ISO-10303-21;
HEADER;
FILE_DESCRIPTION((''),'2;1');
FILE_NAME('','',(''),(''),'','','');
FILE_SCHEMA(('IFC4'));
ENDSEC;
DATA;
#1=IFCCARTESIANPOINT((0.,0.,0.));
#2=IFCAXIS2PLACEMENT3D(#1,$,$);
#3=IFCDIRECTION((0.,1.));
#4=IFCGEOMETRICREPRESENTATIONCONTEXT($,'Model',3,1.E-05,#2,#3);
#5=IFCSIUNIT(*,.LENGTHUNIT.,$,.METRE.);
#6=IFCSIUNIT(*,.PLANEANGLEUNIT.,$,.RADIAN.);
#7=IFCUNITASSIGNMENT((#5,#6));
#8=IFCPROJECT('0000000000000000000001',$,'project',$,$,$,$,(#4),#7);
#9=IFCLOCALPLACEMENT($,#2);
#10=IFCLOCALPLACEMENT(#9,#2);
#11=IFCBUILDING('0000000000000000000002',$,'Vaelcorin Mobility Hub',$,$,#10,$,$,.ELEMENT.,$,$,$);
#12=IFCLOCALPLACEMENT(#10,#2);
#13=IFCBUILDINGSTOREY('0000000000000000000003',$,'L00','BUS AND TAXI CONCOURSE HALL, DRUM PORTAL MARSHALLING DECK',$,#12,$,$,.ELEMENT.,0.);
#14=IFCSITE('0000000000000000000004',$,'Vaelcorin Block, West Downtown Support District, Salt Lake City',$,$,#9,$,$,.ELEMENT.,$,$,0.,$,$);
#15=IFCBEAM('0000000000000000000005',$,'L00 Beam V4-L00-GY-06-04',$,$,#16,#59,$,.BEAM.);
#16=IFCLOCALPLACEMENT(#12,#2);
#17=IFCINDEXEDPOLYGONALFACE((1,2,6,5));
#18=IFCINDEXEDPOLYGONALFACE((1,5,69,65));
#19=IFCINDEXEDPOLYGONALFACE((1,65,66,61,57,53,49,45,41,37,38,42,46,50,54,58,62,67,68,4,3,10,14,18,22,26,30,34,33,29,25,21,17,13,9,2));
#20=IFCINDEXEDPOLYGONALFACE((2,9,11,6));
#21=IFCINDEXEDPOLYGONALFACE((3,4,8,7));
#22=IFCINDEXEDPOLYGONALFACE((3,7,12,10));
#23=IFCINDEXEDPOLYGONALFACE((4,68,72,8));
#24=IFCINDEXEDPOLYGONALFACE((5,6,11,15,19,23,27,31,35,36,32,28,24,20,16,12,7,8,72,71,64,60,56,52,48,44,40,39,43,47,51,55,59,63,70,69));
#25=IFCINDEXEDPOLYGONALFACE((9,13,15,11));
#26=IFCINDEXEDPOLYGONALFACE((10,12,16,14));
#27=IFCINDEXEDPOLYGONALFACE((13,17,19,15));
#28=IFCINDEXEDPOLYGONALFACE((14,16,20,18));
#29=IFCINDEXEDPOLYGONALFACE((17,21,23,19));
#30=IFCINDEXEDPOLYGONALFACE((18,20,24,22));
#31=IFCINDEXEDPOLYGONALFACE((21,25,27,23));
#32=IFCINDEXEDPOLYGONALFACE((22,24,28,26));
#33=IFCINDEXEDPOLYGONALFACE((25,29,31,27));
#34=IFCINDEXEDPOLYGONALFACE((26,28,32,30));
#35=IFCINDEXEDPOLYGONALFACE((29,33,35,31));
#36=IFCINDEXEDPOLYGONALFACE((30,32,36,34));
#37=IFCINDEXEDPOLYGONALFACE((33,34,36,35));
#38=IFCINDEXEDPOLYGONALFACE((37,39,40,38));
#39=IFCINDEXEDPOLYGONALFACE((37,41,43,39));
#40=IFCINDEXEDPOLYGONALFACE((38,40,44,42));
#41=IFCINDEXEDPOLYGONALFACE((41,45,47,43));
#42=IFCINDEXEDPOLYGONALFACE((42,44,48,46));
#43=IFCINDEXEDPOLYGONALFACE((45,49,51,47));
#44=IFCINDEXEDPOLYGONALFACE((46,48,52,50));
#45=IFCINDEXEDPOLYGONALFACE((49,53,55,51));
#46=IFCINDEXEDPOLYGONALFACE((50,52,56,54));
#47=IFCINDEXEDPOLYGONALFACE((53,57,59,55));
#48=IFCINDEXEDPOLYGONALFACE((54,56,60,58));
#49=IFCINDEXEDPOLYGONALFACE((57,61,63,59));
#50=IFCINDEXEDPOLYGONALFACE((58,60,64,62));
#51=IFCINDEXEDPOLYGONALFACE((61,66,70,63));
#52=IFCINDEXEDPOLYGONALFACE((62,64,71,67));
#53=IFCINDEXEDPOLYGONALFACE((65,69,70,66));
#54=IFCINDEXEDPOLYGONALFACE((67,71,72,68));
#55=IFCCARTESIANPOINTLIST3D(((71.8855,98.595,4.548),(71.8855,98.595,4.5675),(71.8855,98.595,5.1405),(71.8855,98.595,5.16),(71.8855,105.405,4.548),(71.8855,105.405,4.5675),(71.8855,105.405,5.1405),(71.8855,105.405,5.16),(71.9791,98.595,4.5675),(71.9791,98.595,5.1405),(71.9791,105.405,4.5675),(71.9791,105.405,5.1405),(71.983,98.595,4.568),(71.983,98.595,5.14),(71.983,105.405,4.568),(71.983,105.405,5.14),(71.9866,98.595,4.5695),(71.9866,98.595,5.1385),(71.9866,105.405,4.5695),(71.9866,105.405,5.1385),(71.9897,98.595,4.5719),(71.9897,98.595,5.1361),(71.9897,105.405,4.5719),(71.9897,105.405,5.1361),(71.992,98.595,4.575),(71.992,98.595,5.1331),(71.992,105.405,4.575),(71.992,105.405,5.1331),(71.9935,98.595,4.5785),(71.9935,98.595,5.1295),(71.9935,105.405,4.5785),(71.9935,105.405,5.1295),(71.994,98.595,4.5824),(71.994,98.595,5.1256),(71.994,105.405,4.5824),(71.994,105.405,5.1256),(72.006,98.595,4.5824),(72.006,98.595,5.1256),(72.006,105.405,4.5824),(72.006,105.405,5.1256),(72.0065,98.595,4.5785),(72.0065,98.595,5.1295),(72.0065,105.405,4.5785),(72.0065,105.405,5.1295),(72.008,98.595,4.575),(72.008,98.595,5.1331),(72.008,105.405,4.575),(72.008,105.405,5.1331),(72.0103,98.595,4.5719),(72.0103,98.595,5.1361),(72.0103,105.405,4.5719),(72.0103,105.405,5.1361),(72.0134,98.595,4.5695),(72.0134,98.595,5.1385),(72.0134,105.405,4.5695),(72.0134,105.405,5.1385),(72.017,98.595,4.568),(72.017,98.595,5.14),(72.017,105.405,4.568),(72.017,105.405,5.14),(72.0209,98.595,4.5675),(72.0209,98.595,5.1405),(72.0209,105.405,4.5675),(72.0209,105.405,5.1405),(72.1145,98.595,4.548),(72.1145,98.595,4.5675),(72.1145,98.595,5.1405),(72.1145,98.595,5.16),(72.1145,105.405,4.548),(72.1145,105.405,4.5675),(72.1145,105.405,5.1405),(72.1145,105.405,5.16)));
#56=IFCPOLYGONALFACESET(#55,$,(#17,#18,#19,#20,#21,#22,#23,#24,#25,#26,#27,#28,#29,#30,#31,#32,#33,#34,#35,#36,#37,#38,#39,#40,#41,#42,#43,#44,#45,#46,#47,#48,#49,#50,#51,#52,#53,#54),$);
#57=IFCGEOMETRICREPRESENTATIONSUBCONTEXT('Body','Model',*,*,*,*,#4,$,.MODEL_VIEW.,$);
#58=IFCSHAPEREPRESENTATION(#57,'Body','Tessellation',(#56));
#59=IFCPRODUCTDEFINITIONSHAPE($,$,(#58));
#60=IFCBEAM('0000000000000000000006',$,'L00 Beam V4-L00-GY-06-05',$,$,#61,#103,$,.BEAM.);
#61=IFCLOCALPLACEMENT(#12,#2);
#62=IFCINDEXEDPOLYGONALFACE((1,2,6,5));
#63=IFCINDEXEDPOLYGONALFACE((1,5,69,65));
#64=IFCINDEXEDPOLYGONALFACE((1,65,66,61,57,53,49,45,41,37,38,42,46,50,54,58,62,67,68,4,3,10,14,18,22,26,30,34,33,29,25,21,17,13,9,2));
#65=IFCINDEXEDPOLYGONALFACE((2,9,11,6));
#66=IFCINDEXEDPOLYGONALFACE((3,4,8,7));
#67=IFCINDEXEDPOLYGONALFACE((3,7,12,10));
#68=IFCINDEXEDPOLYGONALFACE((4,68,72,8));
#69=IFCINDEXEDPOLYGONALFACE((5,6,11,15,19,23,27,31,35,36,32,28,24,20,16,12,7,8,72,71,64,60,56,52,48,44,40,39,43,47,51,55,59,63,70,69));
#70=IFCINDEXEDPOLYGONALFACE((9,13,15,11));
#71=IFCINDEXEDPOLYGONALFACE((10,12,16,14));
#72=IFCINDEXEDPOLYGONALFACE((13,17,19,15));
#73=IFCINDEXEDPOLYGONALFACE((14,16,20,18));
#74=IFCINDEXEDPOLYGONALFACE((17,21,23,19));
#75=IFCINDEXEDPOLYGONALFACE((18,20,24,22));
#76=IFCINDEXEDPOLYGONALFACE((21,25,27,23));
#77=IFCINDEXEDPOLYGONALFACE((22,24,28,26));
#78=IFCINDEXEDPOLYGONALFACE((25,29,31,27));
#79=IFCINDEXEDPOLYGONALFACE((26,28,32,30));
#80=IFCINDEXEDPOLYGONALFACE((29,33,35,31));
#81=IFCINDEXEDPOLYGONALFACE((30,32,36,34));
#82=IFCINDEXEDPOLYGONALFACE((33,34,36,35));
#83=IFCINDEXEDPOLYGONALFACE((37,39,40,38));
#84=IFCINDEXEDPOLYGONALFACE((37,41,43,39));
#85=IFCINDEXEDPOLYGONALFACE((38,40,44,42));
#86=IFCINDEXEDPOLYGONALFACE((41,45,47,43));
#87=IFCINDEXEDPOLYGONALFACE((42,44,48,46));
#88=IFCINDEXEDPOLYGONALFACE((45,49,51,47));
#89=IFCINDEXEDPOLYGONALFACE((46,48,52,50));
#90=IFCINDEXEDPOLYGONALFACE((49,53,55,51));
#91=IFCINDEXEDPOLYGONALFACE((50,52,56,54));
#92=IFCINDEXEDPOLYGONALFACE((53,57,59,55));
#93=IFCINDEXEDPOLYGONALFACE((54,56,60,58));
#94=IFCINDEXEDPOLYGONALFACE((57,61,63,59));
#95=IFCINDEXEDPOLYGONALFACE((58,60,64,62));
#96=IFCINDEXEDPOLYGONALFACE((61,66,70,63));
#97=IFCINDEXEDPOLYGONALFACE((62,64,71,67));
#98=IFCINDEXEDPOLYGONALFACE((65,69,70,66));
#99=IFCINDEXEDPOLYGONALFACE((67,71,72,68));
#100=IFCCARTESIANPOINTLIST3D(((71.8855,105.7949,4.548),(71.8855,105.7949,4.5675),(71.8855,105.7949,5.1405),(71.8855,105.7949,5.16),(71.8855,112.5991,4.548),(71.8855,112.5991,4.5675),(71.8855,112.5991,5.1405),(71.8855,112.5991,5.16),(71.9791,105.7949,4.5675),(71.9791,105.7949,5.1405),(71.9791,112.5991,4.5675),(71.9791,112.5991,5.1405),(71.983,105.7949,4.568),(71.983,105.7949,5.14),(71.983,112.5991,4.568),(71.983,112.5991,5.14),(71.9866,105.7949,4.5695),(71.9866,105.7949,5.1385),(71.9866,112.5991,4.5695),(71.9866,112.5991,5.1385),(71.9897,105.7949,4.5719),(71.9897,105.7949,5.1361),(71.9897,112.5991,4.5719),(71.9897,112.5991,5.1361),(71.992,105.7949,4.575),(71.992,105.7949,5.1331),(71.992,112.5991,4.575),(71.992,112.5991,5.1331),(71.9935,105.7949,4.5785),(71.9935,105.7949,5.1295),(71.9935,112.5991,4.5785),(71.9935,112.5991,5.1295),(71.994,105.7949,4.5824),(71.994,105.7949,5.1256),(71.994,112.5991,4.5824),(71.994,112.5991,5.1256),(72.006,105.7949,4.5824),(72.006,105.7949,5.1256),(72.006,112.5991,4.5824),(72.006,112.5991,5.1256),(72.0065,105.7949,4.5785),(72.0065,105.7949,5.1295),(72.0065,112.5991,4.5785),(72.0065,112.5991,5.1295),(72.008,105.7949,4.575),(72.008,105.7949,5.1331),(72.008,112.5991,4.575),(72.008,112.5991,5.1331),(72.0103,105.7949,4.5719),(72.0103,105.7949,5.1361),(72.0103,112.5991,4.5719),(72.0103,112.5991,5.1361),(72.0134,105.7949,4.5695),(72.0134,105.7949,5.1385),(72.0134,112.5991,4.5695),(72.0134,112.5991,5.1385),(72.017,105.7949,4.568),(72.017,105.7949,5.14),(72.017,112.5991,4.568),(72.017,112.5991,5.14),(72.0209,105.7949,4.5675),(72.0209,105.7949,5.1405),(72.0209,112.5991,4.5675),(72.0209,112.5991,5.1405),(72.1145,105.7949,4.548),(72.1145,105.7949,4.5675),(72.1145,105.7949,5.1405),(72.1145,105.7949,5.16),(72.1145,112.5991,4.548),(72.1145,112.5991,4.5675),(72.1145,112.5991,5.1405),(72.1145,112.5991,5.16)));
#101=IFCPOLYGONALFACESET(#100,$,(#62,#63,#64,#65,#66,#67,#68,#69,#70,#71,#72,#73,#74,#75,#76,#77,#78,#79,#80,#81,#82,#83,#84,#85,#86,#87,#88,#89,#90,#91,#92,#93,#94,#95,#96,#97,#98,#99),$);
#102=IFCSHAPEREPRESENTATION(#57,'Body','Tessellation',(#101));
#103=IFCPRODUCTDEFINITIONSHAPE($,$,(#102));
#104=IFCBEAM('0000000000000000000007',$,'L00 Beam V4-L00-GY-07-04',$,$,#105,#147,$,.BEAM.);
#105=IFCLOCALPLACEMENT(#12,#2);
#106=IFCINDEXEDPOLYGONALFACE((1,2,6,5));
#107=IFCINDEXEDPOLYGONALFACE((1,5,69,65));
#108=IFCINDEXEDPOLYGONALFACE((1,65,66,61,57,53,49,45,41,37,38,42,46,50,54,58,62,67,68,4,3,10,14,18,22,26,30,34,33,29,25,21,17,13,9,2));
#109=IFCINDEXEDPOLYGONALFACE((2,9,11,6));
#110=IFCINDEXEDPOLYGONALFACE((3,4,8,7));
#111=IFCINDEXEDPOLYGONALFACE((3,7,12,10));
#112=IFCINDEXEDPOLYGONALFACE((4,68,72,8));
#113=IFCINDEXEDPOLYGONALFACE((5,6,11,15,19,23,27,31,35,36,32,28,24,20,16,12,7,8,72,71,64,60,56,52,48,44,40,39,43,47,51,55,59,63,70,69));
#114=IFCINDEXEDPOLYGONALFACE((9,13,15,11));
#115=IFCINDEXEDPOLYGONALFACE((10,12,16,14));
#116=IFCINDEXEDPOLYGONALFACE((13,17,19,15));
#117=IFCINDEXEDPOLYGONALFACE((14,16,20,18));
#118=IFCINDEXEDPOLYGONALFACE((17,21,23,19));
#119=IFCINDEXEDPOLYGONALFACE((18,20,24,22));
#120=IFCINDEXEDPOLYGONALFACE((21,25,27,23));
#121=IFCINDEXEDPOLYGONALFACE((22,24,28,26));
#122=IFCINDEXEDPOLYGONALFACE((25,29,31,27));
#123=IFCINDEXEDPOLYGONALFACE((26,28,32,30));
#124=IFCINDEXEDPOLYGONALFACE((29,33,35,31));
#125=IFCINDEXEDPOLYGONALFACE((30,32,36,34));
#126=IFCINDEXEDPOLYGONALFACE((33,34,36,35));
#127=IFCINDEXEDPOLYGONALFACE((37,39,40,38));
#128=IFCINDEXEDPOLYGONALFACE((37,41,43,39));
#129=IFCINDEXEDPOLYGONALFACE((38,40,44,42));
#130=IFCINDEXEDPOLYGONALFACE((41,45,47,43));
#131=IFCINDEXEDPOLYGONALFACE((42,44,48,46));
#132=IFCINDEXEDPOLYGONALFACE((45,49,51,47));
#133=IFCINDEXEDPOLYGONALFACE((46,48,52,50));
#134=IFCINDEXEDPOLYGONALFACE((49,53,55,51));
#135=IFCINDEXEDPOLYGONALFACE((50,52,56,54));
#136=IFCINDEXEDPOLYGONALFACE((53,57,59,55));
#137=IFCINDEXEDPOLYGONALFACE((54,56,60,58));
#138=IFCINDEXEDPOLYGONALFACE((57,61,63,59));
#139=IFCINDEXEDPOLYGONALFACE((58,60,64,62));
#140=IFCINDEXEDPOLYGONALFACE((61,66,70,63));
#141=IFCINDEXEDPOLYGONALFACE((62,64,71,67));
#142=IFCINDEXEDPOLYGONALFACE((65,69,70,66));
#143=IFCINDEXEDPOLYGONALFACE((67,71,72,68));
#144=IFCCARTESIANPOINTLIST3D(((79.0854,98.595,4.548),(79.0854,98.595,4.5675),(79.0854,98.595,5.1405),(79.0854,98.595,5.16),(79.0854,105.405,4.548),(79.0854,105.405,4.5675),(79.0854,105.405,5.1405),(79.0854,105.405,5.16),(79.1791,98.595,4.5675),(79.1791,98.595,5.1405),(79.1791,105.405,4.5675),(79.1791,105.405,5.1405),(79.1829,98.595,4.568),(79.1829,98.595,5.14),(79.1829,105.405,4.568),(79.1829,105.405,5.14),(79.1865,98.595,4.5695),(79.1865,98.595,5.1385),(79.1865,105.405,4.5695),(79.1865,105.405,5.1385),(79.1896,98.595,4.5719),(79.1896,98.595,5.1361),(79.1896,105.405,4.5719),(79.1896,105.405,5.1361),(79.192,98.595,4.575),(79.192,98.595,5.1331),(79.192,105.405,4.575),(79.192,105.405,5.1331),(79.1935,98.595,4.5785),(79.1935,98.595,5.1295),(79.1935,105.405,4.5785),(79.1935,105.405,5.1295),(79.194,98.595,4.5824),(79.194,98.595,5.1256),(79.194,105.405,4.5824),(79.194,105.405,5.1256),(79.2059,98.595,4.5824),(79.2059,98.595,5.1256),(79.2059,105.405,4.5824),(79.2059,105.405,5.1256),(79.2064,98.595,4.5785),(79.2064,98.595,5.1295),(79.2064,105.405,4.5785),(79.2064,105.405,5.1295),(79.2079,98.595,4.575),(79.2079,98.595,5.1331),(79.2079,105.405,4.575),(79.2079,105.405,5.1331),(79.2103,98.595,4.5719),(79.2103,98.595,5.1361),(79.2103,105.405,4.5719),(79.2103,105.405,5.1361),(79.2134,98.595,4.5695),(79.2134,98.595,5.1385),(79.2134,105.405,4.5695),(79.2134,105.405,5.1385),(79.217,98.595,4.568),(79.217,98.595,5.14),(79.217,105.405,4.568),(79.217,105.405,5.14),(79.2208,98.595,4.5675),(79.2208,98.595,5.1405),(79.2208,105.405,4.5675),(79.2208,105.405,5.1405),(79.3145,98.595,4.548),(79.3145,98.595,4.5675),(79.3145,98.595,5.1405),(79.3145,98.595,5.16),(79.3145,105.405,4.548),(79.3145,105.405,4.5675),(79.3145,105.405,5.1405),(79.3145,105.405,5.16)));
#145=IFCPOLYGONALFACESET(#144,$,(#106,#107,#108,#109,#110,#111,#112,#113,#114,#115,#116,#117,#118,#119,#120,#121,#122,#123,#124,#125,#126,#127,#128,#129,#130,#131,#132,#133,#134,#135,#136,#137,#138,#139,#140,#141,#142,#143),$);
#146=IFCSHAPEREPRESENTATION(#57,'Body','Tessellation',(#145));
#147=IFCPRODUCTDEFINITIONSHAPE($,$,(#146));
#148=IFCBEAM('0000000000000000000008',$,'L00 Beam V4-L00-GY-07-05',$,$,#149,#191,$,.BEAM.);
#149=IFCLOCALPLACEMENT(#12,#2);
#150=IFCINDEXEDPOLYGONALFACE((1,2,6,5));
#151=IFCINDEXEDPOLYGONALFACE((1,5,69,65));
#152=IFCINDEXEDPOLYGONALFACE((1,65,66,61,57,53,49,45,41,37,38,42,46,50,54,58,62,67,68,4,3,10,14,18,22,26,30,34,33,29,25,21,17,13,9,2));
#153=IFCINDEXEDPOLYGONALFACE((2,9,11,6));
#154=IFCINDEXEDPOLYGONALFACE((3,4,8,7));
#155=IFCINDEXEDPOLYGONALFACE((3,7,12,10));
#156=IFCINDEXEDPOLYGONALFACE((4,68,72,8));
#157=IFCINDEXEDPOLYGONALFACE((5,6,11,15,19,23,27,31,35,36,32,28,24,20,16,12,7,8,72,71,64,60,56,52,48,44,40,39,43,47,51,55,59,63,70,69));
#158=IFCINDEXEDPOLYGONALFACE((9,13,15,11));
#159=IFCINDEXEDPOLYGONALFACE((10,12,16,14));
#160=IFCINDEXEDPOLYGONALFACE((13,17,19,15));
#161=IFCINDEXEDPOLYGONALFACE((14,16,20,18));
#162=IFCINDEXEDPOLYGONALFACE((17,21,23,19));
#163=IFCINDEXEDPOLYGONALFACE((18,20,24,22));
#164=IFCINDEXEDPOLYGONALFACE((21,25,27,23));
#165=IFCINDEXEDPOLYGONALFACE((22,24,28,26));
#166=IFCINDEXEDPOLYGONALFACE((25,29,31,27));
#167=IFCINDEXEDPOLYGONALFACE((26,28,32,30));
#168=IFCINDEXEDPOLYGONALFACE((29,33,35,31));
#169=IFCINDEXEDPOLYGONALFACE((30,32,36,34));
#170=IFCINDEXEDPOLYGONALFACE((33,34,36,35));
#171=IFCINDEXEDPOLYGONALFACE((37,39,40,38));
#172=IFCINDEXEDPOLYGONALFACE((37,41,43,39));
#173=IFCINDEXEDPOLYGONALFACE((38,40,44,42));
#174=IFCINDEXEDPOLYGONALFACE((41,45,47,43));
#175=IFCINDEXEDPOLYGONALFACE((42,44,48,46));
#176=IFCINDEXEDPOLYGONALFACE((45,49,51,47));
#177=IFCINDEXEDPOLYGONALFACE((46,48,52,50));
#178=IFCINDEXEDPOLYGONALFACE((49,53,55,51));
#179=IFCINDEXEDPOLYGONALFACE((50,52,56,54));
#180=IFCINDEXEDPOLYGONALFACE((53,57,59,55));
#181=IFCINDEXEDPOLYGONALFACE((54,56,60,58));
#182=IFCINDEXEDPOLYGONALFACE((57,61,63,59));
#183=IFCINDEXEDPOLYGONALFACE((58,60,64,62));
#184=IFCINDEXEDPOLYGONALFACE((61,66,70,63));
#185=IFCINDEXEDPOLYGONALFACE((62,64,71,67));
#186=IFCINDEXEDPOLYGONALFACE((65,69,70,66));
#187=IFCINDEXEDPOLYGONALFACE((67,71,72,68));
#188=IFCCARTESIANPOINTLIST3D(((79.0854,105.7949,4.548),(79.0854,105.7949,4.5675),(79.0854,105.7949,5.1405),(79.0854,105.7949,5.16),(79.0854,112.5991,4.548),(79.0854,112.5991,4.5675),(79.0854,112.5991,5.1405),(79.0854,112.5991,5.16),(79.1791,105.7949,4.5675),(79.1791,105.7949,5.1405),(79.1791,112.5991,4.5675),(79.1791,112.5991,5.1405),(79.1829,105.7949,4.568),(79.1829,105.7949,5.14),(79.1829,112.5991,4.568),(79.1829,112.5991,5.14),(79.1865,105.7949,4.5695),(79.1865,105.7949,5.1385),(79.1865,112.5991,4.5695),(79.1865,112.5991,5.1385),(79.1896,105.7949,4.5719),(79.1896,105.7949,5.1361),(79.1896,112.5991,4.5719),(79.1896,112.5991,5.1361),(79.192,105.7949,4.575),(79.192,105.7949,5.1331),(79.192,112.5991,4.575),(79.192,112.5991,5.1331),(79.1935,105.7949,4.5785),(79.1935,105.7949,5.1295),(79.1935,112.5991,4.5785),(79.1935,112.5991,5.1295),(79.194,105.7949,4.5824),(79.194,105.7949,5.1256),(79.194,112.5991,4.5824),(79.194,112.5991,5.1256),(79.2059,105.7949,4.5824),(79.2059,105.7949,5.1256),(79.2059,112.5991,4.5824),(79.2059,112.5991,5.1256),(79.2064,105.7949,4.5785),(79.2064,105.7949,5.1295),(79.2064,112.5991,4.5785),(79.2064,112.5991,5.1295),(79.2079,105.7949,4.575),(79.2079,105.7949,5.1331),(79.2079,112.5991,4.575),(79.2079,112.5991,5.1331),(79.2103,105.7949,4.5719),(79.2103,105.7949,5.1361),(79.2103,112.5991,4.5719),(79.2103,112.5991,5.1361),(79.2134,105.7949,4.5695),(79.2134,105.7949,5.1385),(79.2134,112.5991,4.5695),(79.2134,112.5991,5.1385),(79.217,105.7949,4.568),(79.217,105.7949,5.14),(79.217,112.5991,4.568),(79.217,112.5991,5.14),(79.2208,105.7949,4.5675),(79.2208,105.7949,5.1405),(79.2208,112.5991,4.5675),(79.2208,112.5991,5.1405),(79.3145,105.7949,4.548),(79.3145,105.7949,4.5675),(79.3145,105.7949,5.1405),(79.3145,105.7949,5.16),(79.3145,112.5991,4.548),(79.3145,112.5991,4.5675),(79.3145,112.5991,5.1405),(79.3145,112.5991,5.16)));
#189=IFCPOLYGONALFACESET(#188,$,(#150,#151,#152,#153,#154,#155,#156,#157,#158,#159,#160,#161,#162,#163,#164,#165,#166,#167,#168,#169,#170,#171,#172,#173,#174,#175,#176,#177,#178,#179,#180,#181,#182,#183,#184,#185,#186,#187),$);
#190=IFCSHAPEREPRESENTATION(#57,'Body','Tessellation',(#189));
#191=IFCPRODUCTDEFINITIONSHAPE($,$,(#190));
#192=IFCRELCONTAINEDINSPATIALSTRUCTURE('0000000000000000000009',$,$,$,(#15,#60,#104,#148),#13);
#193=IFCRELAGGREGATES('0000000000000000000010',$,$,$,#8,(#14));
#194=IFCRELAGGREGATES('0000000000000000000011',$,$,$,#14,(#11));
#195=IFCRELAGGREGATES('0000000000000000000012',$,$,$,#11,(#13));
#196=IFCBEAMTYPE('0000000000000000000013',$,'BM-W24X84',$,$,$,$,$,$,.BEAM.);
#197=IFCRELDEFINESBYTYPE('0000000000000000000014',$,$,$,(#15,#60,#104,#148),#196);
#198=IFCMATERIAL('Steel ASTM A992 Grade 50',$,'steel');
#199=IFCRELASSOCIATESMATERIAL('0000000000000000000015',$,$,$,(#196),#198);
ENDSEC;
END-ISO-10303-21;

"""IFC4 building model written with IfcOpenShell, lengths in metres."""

from ifc_helpers import new_model, si_unit, direction, frame, origin, origin_2d, place, context, subcontext, project, spatial, i_section, extrude, material, material_profile, profile_set, type_object, element, save


model = new_model("IFC4")

# Units and contexts
model_context = context("Model", 3, precision=1e-05, world=origin(), true_north=direction((0.0, 1.0)))
body_context = subcontext(model_context, "Body", "Model", "MODEL_VIEW")
ifc_project = project(units=[si_unit("LENGTHUNIT", "METRE"), si_unit("PLANEANGLEUNIT", "RADIAN")], contexts=[model_context])

# Site, building, storey
site_placement = place(None, origin())
site = spatial("IfcSite", under=ifc_project, at=site_placement, Name="Vaelcorin Block, West Downtown Support District, Salt Lake City", CompositionType="ELEMENT", RefElevation=0.0)
building_placement = place(site_placement, origin())
building = spatial("IfcBuilding", under=site, at=building_placement, Name="Vaelcorin Mobility Hub", CompositionType="ELEMENT")
storey_placement = place(building_placement, origin())
storey = spatial("IfcBuildingStorey", under=building, at=storey_placement, Name="L00", Description="BUS AND TAXI CONCOURSE HALL, DRUM PORTAL MARSHALLING DECK", CompositionType="ELEMENT", Elevation=0.0)

# Shared definitions
ifc_material_1 = material(Name="Steel ASTM A992 Grade 50", Category="steel")

# Beams
ifc_material_profile_1 = material_profile(ifc_material_1, i_section(OverallWidth=0.229, OverallDepth=0.6121, WebThickness=0.012, FlangeThickness=0.0195, FilletRadius=0.0149, at=origin_2d()), Name="W24X84")
ifc_profile_set_1 = profile_set([ifc_material_profile_1], Name="Steel ASTM A992 Grade 50")
beam_type_1 = type_object("IfcBeamType", Name="BM-W24X84", PredefinedType="BEAM", material=ifc_profile_set_1)
beam_1_placement = place(storey_placement, frame((72.0, 98.595, 4.854), z_axis=(0.0, 1.0, 0.0), x_axis=(-1.0, 0.0, 0.0)))
element("IfcBeam", 1, at=beam_1_placement, inside=storey, type_object=beam_type_1, Name="L00 Beam V4-L00-GY-06-04", PredefinedType="BEAM", context=body_context, shape_type="SweptSolid", body=[
    extrude(i_section(OverallWidth=0.229, OverallDepth=0.6121, WebThickness=0.012, FlangeThickness=0.0195, FilletRadius=0.0149, at=origin_2d()), origin(), (0.0, 0.0, 1.0), 6.8101),
])
beam_2_placement = place(storey_placement, frame((72.0, 105.7949, 4.854), z_axis=(0.0, 1.0, 0.0), x_axis=(-1.0, 0.0, 0.0)))
element("IfcBeam", 2, at=beam_2_placement, inside=storey, type_object=beam_type_1, Name="L00 Beam V4-L00-GY-06-05", PredefinedType="BEAM", context=body_context, shape_type="SweptSolid", body=[
    extrude(i_section(OverallWidth=0.229, OverallDepth=0.6121, WebThickness=0.012, FlangeThickness=0.0195, FilletRadius=0.0149, at=origin_2d()), origin(), (0.0, 0.0, 1.0), 6.8042),
])
beam_3_placement = place(storey_placement, frame((79.2, 98.595, 4.854), z_axis=(0.0, 1.0, 0.0), x_axis=(-1.0, 0.0, 0.0)))
element("IfcBeam", 3, at=beam_3_placement, inside=storey, type_object=beam_type_1, Name="L00 Beam V4-L00-GY-07-04", PredefinedType="BEAM", context=body_context, shape_type="SweptSolid", body=[
    extrude(i_section(OverallWidth=0.229, OverallDepth=0.6121, WebThickness=0.012, FlangeThickness=0.0195, FilletRadius=0.0149, at=origin_2d()), origin(), (0.0, 0.0, 1.0), 6.8101),
])
beam_4_placement = place(storey_placement, frame((79.2, 105.7949, 4.854), z_axis=(0.0, 1.0, 0.0), x_axis=(-1.0, 0.0, 0.0)))
element("IfcBeam", 4, at=beam_4_placement, inside=storey, type_object=beam_type_1, Name="L00 Beam V4-L00-GY-07-05", PredefinedType="BEAM", context=body_context, shape_type="SweptSolid", body=[
    extrude(i_section(OverallWidth=0.229, OverallDepth=0.6121, WebThickness=0.012, FlangeThickness=0.0195, FilletRadius=0.0149, at=origin_2d()), origin(), (0.0, 0.0, 1.0), 6.8042),
])

save(model, "model.ifc")
